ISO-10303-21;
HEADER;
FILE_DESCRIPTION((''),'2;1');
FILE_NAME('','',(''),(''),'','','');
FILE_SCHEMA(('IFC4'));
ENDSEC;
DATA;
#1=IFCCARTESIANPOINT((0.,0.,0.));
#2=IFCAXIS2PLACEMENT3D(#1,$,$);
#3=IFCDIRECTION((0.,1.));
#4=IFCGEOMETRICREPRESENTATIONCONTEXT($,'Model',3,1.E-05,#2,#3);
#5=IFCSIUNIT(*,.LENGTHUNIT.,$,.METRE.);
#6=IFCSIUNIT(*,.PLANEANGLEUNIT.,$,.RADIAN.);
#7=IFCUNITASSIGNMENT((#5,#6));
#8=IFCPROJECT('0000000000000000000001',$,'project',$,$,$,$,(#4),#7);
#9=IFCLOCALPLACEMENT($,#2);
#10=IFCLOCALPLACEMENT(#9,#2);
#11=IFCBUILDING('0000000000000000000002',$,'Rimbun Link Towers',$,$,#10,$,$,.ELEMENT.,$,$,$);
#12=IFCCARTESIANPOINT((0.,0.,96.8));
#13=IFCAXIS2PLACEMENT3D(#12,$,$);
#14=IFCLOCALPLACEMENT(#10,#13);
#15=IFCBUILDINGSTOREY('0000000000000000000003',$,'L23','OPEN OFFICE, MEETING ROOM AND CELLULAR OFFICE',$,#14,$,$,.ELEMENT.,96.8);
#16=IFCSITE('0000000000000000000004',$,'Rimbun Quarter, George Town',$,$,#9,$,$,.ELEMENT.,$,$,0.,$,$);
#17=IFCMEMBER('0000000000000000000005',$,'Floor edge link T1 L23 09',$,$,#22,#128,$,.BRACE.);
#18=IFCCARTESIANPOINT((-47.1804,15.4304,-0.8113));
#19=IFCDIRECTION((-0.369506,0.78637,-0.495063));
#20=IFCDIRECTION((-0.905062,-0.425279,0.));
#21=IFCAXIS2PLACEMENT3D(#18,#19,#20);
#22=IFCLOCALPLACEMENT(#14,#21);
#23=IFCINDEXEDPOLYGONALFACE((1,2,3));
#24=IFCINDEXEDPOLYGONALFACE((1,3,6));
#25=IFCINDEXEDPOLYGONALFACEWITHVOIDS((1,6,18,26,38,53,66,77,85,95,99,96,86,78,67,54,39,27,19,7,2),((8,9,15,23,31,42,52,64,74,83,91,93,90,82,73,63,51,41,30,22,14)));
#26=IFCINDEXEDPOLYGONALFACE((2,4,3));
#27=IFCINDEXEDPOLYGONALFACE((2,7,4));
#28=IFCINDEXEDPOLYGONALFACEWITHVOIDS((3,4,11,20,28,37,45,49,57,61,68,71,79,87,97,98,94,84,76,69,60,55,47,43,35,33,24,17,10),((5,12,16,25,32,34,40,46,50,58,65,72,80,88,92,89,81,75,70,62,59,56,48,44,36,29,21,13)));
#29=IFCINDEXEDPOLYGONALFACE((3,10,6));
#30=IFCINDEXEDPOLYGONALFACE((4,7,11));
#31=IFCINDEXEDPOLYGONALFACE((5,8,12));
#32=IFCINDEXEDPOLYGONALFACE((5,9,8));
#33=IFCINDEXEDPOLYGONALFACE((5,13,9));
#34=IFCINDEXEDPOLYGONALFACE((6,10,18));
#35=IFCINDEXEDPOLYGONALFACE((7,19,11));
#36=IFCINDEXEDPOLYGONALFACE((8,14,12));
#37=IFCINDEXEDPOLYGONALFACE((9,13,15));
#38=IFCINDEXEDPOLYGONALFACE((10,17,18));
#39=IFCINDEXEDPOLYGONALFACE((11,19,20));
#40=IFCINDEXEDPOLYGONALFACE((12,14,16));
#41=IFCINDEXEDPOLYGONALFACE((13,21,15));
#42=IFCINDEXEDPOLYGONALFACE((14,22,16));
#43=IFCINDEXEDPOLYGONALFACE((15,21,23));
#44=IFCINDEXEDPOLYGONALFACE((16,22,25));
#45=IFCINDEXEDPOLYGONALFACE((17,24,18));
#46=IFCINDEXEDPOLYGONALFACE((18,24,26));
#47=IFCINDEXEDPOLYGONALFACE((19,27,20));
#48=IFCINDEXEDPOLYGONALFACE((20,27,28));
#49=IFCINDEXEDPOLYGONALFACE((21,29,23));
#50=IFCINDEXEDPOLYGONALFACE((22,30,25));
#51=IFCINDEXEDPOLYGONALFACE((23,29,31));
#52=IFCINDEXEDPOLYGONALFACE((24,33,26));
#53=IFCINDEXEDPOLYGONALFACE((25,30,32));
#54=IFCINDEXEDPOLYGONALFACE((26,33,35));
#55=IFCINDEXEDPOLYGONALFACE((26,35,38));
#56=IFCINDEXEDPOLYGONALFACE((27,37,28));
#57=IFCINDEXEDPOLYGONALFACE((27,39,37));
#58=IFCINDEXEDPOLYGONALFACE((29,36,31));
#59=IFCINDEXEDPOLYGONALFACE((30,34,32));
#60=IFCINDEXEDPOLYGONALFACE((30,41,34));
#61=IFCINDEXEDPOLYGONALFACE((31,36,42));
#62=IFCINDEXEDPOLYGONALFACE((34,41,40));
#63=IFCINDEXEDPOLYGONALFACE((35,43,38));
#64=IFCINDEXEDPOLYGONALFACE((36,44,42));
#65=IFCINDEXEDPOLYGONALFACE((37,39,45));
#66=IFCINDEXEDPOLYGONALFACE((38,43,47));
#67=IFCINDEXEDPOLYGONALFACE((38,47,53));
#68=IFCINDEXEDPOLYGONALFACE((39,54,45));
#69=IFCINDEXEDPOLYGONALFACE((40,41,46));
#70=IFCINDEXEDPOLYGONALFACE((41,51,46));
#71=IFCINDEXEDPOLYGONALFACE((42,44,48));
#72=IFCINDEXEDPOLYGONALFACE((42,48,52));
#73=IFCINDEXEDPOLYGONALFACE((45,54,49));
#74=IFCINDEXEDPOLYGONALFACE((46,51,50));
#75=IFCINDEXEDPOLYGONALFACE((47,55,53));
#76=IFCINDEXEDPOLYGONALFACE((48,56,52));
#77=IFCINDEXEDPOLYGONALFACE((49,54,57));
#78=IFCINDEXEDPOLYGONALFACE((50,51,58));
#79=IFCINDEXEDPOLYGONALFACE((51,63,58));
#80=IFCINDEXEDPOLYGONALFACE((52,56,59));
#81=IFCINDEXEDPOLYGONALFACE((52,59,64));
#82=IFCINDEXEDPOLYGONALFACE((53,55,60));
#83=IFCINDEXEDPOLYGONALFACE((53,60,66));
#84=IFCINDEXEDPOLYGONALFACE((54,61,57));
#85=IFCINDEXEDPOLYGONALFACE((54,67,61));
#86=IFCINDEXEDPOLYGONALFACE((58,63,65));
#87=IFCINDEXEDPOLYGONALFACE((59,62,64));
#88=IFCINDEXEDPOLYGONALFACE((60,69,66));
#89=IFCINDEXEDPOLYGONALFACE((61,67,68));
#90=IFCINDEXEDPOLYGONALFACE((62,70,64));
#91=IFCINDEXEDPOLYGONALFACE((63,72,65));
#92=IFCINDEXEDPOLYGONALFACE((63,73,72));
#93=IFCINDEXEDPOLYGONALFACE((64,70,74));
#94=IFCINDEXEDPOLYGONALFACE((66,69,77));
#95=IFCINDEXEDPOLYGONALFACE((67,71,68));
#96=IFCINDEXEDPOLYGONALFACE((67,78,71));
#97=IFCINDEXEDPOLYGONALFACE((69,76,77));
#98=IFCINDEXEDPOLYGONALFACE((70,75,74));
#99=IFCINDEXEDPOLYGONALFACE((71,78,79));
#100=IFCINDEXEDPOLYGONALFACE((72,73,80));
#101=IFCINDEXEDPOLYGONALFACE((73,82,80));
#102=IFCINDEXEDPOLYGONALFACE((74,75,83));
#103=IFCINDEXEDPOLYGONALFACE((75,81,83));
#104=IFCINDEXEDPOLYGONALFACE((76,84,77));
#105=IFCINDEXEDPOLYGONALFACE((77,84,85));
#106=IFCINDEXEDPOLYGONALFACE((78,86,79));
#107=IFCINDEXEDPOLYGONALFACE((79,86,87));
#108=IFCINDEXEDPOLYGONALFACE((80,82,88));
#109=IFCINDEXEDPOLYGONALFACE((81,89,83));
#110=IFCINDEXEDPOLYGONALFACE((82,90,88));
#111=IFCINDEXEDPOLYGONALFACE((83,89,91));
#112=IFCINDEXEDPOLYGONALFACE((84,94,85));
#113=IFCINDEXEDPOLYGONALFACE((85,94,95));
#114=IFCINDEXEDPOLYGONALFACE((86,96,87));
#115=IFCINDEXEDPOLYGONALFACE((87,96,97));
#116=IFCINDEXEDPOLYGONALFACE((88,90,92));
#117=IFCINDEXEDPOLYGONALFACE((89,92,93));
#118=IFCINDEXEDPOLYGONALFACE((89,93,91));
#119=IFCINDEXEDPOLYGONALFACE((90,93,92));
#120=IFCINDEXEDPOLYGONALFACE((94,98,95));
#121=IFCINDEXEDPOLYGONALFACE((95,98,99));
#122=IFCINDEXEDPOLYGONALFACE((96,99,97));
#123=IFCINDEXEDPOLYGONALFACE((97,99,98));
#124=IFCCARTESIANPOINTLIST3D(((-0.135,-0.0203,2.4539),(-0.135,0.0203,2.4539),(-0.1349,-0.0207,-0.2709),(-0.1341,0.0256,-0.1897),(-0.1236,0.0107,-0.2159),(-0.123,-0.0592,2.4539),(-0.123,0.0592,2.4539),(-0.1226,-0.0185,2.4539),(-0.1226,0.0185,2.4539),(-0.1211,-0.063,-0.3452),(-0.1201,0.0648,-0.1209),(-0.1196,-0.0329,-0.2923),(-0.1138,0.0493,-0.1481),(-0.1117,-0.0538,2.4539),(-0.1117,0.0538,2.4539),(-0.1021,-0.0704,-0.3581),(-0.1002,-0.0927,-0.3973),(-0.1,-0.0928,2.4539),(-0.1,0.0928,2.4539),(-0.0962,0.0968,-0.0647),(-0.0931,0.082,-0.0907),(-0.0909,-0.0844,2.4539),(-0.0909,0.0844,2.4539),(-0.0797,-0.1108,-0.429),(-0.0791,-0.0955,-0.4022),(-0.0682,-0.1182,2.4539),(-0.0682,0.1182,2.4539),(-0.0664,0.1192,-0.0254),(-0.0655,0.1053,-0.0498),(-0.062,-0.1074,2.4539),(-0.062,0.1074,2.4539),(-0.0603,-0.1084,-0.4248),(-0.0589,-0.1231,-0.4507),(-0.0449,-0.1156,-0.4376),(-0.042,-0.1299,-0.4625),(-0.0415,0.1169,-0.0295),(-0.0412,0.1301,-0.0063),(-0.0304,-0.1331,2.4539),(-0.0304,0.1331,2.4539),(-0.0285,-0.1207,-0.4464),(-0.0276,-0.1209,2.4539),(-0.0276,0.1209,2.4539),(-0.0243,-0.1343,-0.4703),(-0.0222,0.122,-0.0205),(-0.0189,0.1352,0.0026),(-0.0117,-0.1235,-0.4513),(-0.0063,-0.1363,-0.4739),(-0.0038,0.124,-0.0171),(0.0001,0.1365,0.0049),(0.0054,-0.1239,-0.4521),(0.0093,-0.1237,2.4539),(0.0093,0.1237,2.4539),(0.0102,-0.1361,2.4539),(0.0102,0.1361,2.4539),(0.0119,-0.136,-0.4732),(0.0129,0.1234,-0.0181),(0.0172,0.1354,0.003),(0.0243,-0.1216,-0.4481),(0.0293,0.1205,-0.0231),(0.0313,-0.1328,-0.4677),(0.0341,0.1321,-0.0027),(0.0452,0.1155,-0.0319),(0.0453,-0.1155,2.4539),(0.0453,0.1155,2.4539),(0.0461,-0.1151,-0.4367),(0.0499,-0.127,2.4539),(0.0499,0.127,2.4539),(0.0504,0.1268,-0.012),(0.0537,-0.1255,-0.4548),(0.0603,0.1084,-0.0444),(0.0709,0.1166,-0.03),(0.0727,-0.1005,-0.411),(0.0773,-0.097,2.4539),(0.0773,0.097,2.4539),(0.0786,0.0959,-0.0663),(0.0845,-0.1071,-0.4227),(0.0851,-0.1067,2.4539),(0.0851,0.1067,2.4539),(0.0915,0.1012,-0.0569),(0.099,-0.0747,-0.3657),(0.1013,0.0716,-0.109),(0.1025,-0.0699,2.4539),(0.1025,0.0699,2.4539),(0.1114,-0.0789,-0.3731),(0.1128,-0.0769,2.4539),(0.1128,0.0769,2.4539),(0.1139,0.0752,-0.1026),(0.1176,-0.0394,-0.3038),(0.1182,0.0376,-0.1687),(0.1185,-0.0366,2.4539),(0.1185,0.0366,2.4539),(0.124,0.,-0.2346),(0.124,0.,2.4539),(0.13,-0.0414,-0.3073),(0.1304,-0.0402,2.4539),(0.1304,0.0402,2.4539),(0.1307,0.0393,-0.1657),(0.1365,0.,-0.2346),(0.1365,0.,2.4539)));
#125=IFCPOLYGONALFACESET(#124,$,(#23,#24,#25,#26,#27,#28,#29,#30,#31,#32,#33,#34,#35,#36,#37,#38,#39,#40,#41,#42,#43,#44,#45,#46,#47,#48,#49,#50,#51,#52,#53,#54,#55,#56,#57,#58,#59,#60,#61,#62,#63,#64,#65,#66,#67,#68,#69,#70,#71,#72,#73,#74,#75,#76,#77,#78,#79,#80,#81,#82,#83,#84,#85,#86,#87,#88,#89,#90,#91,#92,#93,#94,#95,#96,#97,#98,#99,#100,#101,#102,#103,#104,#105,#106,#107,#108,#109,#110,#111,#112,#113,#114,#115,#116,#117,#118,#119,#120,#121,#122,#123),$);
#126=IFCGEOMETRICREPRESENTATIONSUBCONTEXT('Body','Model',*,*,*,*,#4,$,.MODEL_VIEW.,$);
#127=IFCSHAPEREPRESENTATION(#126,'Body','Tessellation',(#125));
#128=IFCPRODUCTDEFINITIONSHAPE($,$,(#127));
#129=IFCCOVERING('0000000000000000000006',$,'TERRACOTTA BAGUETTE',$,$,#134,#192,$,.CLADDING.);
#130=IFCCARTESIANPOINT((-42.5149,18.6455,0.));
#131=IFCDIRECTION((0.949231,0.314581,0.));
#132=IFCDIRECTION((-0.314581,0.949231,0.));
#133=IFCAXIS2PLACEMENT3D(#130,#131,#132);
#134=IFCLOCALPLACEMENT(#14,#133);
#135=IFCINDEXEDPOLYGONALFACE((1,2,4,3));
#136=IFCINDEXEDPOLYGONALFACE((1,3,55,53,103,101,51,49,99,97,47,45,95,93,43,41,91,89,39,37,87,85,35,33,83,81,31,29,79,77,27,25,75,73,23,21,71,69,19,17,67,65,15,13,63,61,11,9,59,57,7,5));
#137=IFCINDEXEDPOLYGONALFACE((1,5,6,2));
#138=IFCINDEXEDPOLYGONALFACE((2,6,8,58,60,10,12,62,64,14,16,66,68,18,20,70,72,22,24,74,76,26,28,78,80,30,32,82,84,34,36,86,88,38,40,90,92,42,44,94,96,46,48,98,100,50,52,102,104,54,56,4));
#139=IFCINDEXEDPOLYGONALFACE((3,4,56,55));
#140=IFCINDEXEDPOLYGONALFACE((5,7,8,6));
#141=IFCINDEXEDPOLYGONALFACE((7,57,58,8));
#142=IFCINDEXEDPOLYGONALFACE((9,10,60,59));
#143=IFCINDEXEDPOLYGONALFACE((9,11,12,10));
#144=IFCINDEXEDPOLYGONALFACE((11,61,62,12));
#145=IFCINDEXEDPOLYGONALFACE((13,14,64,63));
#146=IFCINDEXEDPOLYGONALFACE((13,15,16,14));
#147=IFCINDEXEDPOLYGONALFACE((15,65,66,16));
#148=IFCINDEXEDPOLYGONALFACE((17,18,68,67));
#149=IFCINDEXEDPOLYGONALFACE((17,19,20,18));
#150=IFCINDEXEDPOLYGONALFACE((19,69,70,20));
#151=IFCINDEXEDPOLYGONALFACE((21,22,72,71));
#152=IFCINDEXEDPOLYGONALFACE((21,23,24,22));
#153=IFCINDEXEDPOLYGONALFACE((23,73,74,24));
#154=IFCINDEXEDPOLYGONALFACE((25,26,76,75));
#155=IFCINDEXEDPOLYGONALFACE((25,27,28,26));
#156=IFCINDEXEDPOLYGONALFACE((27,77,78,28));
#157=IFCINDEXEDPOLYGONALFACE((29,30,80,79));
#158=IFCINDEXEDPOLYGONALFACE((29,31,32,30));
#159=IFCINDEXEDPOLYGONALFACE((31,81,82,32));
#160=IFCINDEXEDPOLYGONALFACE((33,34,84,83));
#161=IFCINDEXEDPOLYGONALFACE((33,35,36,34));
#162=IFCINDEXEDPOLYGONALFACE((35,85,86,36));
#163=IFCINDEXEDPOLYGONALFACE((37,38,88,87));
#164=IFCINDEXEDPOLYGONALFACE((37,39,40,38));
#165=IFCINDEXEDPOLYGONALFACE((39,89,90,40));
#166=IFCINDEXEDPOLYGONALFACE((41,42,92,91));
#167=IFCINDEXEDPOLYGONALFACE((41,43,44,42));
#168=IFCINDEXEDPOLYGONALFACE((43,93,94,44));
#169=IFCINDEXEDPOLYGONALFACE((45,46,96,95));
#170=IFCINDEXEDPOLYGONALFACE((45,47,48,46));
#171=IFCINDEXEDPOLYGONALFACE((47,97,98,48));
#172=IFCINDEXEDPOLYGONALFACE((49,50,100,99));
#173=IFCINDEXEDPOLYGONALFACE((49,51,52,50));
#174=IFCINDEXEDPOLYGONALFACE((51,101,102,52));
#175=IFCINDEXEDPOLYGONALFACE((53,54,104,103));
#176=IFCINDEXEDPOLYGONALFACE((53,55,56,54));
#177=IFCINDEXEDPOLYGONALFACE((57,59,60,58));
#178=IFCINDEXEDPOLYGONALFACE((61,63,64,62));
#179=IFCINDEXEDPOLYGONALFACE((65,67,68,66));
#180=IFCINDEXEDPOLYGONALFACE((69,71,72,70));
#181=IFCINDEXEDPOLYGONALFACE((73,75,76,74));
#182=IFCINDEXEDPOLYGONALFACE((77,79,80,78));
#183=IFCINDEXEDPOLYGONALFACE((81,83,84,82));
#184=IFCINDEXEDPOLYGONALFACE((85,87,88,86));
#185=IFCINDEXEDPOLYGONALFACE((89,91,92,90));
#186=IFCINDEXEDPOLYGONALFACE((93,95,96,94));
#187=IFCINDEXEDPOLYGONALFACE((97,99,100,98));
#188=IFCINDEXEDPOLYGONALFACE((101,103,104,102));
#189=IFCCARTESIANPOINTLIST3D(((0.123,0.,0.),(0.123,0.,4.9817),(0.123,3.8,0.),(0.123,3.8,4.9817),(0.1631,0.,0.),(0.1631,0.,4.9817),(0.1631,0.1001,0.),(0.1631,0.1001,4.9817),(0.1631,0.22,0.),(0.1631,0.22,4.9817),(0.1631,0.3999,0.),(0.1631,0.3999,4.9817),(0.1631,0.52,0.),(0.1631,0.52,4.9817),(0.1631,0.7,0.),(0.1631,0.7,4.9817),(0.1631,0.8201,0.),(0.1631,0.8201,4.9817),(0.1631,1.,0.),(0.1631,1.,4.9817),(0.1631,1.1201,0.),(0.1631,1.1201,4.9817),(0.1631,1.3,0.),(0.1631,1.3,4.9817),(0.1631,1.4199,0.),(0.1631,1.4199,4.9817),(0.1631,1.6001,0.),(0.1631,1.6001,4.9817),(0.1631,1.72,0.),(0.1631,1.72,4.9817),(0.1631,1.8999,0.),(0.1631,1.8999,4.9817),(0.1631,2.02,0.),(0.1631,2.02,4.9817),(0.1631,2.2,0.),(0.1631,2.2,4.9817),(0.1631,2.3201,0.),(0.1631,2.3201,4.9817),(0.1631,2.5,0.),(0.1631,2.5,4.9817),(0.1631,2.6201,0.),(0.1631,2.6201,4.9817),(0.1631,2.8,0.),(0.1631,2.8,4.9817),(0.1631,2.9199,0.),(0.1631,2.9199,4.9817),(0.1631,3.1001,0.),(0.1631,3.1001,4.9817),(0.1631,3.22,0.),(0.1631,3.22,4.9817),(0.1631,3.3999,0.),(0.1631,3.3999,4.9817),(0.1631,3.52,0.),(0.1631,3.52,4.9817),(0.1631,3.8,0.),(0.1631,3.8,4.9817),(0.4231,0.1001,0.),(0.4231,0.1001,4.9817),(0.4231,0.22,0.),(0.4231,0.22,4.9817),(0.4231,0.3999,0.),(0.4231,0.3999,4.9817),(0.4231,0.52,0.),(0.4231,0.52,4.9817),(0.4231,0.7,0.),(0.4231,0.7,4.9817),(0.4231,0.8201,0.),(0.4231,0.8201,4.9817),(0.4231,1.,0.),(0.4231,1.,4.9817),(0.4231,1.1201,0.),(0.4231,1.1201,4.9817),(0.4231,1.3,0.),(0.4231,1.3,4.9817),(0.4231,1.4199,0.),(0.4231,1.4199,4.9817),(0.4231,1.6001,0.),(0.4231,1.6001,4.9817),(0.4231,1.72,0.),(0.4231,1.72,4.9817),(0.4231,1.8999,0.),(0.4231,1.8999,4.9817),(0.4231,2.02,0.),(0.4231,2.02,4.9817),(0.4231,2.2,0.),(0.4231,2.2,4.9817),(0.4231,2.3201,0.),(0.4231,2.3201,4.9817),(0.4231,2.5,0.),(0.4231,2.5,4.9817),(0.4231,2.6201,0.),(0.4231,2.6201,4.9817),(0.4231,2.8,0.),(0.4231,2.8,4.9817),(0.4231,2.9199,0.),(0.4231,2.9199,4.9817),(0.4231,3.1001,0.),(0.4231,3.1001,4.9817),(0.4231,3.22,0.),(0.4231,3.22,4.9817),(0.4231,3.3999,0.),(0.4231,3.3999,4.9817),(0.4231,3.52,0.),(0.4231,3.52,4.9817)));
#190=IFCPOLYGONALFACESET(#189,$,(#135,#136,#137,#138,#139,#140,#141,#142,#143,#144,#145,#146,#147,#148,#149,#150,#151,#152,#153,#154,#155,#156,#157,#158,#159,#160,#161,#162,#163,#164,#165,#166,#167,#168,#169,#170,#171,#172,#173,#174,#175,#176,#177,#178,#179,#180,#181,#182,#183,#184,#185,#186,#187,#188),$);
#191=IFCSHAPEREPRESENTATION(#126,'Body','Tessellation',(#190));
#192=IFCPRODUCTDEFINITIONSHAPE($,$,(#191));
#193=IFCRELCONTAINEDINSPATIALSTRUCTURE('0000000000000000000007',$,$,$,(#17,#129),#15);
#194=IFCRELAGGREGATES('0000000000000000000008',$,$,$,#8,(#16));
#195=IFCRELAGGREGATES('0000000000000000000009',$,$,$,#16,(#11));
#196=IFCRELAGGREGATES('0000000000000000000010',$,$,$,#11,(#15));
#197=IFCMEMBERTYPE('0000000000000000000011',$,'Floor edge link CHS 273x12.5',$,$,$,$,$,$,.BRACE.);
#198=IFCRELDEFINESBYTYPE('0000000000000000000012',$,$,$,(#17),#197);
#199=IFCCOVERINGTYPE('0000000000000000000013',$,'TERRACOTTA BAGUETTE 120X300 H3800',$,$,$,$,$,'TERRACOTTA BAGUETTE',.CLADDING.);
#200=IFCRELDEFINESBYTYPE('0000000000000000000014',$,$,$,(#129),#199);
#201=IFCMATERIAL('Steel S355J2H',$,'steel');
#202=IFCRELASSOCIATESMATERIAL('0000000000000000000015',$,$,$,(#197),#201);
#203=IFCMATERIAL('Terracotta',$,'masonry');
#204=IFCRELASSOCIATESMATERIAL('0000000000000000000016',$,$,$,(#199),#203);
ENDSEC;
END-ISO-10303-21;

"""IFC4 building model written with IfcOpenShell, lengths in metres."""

from ifc_helpers import new_model, si_unit, direction, frame, origin, origin_2d, place, context, subcontext, project, spatial, polyline, hollow_circle, outline, extrude, clip, halfspace, material, material_profile, profile_set, type_object, element, save


model = new_model("IFC4")

# Units and contexts
model_context = context("Model", 3, precision=1e-05, world=origin(), true_north=direction((0.0, 1.0)))
body_context = subcontext(model_context, "Body", "Model", "MODEL_VIEW")
ifc_project = project(units=[si_unit("LENGTHUNIT", "METRE"), si_unit("PLANEANGLEUNIT", "RADIAN")], contexts=[model_context])

# Site, building, storey
site_placement = place(None, origin())
site = spatial("IfcSite", under=ifc_project, at=site_placement, Name="Rimbun Quarter, George Town", CompositionType="ELEMENT", RefElevation=0.0)
building_placement = place(site_placement, origin())
building = spatial("IfcBuilding", under=site, at=building_placement, Name="Rimbun Link Towers", CompositionType="ELEMENT")
storey_placement = place(building_placement, frame((0.0, 0.0, 96.8)))
storey = spatial("IfcBuildingStorey", under=building, at=storey_placement, Name="L23", Description="OPEN OFFICE, MEETING ROOM AND CELLULAR OFFICE", CompositionType="ELEMENT", Elevation=96.8)

# Member
ifc_material_1 = material(Name="Steel S355J2H", Category="steel")
ifc_material_profile_1 = material_profile(ifc_material_1, hollow_circle(Radius=0.1365, WallThickness=0.0125, at=origin_2d()), Name="CHS 273x12.5")
ifc_profile_set_1 = profile_set([ifc_material_profile_1], Name="Steel S355J2H")
member_type_1 = type_object("IfcMemberType", Name="Floor edge link CHS 273x12.5", PredefinedType="BRACE", material=ifc_profile_set_1)
member_1_placement = place(storey_placement, frame((-47.1804, 15.4304, -0.8113), z_axis=(-0.369506, 0.78637, -0.495063), x_axis=(-0.905062, -0.425279, 0.0)))
element("IfcMember", 1, at=member_1_placement, inside=storey, type_object=member_type_1, Name="Floor edge link T1 L23 09", PredefinedType="BRACE", context=body_context, shape_type="Clipping", body=[
    clip(extrude(hollow_circle(Radius=0.1365, WallThickness=0.0125, at=origin_2d()), frame((0.0, 0.0, -0.4993)), (0.0, 0.0, 1.0), 2.9531), halfspace(frame((0.0, 0.0, -0.2346), z_axis=(0.0, 0.868857, -0.495063)), False)),
])

# Covering
ifc_material_2 = material(Name="Terracotta", Category="masonry")
ifc_material_profile_2 = material_profile(ifc_material_2, outline(polyline([(0.123, 0.0), (0.1631, 0.0), (0.1631, 0.1001), (0.4231, 0.1001), (0.4231, 0.22), (0.1631, 0.22), (0.1631, 0.3999), (0.4231, 0.3999), (0.4231, 0.52), (0.1631, 0.52), (0.1631, 0.7), (0.4231, 0.7), (0.4231, 0.8201), (0.1631, 0.8201), (0.1631, 1.0), (0.4231, 1.0), (0.4231, 1.1201), (0.1631, 1.1201), (0.1631, 1.3), (0.4231, 1.3), (0.4231, 1.4199), (0.1631, 1.4199), (0.1631, 1.6001), (0.4231, 1.6001), (0.4231, 1.72), (0.1631, 1.72), (0.1631, 1.8999), (0.4231, 1.8999), (0.4231, 2.02), (0.1631, 2.02), (0.1631, 2.2), (0.4231, 2.2), (0.4231, 2.3201), (0.1631, 2.3201), (0.1631, 2.5), (0.4231, 2.5), (0.4231, 2.6201), (0.1631, 2.6201), (0.1631, 2.8), (0.4231, 2.8), (0.4231, 2.9199), (0.1631, 2.9199), (0.1631, 3.1001), (0.4231, 3.1001), (0.4231, 3.22), (0.1631, 3.22), (0.1631, 3.3999), (0.4231, 3.3999), (0.4231, 3.52), (0.1631, 3.52), (0.1631, 3.8), (0.123, 3.8), (0.123, 0.0)])), Name="BAGUETTE 120X300")
ifc_profile_set_2 = profile_set([ifc_material_profile_2], Name="Terracotta")
covering_type = type_object("IfcCoveringType", Name="TERRACOTTA BAGUETTE 120X300 H3800", ElementType="TERRACOTTA BAGUETTE", PredefinedType="CLADDING", material=ifc_profile_set_2)
covering_1_placement = place(storey_placement, frame((-42.5149, 18.6455, 0.0), z_axis=(0.949231, 0.314581, 0.0), x_axis=(-0.314581, 0.949231, 0.0)))
element("IfcCovering", 2, at=covering_1_placement, inside=storey, type_object=covering_type, Name="TERRACOTTA BAGUETTE", PredefinedType="CLADDING", context=body_context, shape_type="SweptSolid", body=[
    extrude(outline(polyline([(0.123, 0.0), (0.1631, 0.0), (0.1631, 0.1001), (0.4231, 0.1001), (0.4231, 0.22), (0.1631, 0.22), (0.1631, 0.3999), (0.4231, 0.3999), (0.4231, 0.52), (0.1631, 0.52), (0.1631, 0.7), (0.4231, 0.7), (0.4231, 0.8201), (0.1631, 0.8201), (0.1631, 1.0), (0.4231, 1.0), (0.4231, 1.1201), (0.1631, 1.1201), (0.1631, 1.3), (0.4231, 1.3), (0.4231, 1.4199), (0.1631, 1.4199), (0.1631, 1.6001), (0.4231, 1.6001), (0.4231, 1.72), (0.1631, 1.72), (0.1631, 1.8999), (0.4231, 1.8999), (0.4231, 2.02), (0.1631, 2.02), (0.1631, 2.2), (0.4231, 2.2), (0.4231, 2.3201), (0.1631, 2.3201), (0.1631, 2.5), (0.4231, 2.5), (0.4231, 2.6201), (0.1631, 2.6201), (0.1631, 2.8), (0.4231, 2.8), (0.4231, 2.9199), (0.1631, 2.9199), (0.1631, 3.1001), (0.4231, 3.1001), (0.4231, 3.22), (0.1631, 3.22), (0.1631, 3.3999), (0.4231, 3.3999), (0.4231, 3.52), (0.1631, 3.52), (0.1631, 3.8), (0.123, 3.8), (0.123, 0.0)])), origin(), (0.0, 0.0, 1.0), 4.9817),
])

save(model, "model.ifc")
